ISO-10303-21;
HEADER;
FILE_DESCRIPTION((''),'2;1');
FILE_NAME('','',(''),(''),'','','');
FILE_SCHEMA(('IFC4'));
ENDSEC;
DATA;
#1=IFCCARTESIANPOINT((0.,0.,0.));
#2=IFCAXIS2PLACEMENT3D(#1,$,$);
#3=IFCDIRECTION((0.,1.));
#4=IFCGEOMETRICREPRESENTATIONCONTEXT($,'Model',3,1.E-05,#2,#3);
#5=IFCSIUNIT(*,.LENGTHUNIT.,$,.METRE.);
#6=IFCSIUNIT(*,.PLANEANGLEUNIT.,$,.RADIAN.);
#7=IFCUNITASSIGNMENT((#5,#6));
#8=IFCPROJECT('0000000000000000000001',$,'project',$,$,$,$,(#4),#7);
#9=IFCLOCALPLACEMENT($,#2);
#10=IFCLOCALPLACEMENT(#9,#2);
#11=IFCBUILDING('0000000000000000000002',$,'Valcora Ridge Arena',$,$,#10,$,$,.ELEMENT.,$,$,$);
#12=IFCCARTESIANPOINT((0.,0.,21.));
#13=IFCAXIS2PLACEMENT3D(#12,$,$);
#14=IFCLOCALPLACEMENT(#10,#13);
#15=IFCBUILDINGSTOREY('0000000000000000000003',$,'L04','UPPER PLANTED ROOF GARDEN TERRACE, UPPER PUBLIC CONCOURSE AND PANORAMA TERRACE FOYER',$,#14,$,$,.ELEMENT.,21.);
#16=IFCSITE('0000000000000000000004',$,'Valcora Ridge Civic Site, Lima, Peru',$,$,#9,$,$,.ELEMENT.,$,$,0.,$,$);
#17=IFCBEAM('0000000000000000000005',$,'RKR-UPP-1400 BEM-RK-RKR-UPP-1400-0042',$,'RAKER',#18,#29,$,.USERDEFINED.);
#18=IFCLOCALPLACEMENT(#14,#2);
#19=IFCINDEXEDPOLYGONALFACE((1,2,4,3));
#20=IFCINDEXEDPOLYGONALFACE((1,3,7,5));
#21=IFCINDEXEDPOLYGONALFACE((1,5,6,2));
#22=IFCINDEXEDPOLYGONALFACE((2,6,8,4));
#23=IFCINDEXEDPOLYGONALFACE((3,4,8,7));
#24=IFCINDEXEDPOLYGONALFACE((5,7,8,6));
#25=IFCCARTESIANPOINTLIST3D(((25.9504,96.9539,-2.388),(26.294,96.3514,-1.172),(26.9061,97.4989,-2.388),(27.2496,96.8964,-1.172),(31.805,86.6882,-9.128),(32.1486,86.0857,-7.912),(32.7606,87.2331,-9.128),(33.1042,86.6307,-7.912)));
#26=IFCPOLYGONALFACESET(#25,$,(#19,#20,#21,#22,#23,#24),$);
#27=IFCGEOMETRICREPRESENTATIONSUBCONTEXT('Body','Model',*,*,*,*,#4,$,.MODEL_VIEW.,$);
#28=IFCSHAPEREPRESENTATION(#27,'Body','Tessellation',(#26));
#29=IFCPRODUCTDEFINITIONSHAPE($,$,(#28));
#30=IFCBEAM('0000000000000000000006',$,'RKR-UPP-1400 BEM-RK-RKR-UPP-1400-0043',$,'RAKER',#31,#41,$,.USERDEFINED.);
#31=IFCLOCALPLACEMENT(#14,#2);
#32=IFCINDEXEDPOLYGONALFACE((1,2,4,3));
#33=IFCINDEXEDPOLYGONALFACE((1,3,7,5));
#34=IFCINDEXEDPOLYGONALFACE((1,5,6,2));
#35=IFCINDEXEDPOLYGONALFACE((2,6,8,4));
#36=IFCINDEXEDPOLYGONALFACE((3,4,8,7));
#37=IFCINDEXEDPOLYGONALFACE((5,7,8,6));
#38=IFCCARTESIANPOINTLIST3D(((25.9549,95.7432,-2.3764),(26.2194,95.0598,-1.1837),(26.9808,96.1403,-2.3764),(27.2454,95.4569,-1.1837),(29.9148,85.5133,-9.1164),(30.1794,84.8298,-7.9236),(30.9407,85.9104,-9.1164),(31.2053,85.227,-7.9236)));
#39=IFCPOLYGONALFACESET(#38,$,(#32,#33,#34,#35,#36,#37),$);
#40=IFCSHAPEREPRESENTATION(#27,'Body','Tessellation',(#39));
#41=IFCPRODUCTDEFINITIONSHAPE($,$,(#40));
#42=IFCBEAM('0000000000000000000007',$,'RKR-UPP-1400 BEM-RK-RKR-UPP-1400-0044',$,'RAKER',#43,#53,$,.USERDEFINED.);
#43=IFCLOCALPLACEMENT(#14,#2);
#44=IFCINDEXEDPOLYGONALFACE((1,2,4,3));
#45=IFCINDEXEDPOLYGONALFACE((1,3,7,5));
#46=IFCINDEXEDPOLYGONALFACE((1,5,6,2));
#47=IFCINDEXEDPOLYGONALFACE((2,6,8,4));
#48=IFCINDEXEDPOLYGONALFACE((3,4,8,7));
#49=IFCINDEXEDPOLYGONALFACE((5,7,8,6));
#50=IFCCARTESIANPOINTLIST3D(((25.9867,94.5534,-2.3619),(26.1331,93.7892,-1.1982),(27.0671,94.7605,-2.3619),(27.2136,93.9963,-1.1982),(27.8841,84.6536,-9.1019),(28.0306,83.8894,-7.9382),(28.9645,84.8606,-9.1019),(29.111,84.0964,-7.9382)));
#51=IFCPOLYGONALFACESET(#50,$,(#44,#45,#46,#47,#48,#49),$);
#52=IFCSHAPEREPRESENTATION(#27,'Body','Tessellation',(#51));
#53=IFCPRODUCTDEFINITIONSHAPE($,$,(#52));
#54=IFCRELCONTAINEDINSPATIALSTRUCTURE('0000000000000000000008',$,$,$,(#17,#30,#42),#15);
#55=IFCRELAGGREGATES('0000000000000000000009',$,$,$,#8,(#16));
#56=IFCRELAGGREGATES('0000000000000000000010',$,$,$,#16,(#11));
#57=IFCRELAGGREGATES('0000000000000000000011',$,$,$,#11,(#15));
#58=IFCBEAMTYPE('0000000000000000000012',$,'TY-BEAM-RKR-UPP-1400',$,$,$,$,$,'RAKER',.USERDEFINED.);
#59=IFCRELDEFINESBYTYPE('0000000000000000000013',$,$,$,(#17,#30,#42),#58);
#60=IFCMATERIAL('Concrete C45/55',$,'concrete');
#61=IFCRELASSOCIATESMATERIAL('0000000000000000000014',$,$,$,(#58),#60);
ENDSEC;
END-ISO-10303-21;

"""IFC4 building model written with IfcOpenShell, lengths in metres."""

from ifc_helpers import new_model, si_unit, direction, frame, origin, origin_2d, place, context, subcontext, project, spatial, rectangle, extrude, material, material_profile, profile_set, type_object, element, save


model = new_model("IFC4")

# Units and contexts
model_context = context("Model", 3, precision=1e-05, world=origin(), true_north=direction((0.0, 1.0)))
body_context = subcontext(model_context, "Body", "Model", "MODEL_VIEW")
ifc_project = project(units=[si_unit("LENGTHUNIT", "METRE"), si_unit("PLANEANGLEUNIT", "RADIAN")], contexts=[model_context])

# Site, building, storey
site_placement = place(None, origin())
site = spatial("IfcSite", under=ifc_project, at=site_placement, Name="Valcora Ridge Civic Site, Lima, Peru", CompositionType="ELEMENT", RefElevation=0.0)
building_placement = place(site_placement, origin())
building = spatial("IfcBuilding", under=site, at=building_placement, Name="Valcora Ridge Arena", CompositionType="ELEMENT")
storey_placement = place(building_placement, frame((0.0, 0.0, 21.0)))
storey = spatial("IfcBuildingStorey", under=building, at=storey_placement, Name="L04", Description="UPPER PLANTED ROOF GARDEN TERRACE, UPPER PUBLIC CONCOURSE AND PANORAMA TERRACE FOYER", CompositionType="ELEMENT", Elevation=21.0)

# Beams
ifc_material_1 = material(Name="Concrete C45/55", Category="concrete")
ifc_material_profile_1 = material_profile(ifc_material_1, rectangle(XDim=1.1001, YDim=1.3999, at=origin_2d()), Name="RC 1100x1400")
ifc_profile_set_1 = profile_set([ifc_material_profile_1], Name="Concrete C45/55")
beam_type_1 = type_object("IfcBeamType", Name="TY-BEAM-RKR-UPP-1400", ElementType="RAKER", PredefinedType="USERDEFINED", material=ifc_profile_set_1)
beam_1_placement = place(storey_placement, frame((32.4546, 86.6594, -8.52), z_axis=(-0.430331, 0.754569, 0.495419), x_axis=(-0.868665, -0.4954, 0.0)))
element("IfcBeam", 1, at=beam_1_placement, inside=storey, type_object=beam_type_1, Name="RKR-UPP-1400 BEM-RK-RKR-UPP-1400-0042", ObjectType="RAKER", PredefinedType="USERDEFINED", context=body_context, shape_type="SweptSolid", body=[
    extrude(rectangle(XDim=1.1001, YDim=1.3999, at=origin_2d()), origin(), (0.0, 0.0, 1.0), 13.6047),
])
beam_2_placement = place(storey_placement, frame((30.5601, 85.3701, -8.52), z_axis=(-0.307574, 0.794572, 0.523501), x_axis=(-0.932569, -0.360992, 0.0)))
element("IfcBeam", 2, at=beam_2_placement, inside=storey, type_object=beam_type_1, Name="RKR-UPP-1400 BEM-RK-RKR-UPP-1400-0043", ObjectType="RAKER", PredefinedType="USERDEFINED", context=body_context, shape_type="SweptSolid", body=[
    extrude(rectangle(XDim=1.1001, YDim=1.3999, at=origin_2d()), origin(), (0.0, 0.0, 1.0), 12.8748),
])
beam_3_placement = place(storey_placement, frame((28.4976, 84.375, -8.52), z_axis=(-0.156481, 0.816431, 0.555837), x_axis=(-0.982123, -0.188238, 0.0)))
element("IfcBeam", 3, at=beam_3_placement, inside=storey, type_object=beam_type_1, Name="RKR-UPP-1400 BEM-RK-RKR-UPP-1400-0044", ObjectType="RAKER", PredefinedType="USERDEFINED", context=body_context, shape_type="SweptSolid", body=[
    extrude(rectangle(XDim=1.1001, YDim=1.3999, at=origin_2d()), origin(), (0.0, 0.0, 1.0), 12.1257),
])

save(model, "model.ifc")
